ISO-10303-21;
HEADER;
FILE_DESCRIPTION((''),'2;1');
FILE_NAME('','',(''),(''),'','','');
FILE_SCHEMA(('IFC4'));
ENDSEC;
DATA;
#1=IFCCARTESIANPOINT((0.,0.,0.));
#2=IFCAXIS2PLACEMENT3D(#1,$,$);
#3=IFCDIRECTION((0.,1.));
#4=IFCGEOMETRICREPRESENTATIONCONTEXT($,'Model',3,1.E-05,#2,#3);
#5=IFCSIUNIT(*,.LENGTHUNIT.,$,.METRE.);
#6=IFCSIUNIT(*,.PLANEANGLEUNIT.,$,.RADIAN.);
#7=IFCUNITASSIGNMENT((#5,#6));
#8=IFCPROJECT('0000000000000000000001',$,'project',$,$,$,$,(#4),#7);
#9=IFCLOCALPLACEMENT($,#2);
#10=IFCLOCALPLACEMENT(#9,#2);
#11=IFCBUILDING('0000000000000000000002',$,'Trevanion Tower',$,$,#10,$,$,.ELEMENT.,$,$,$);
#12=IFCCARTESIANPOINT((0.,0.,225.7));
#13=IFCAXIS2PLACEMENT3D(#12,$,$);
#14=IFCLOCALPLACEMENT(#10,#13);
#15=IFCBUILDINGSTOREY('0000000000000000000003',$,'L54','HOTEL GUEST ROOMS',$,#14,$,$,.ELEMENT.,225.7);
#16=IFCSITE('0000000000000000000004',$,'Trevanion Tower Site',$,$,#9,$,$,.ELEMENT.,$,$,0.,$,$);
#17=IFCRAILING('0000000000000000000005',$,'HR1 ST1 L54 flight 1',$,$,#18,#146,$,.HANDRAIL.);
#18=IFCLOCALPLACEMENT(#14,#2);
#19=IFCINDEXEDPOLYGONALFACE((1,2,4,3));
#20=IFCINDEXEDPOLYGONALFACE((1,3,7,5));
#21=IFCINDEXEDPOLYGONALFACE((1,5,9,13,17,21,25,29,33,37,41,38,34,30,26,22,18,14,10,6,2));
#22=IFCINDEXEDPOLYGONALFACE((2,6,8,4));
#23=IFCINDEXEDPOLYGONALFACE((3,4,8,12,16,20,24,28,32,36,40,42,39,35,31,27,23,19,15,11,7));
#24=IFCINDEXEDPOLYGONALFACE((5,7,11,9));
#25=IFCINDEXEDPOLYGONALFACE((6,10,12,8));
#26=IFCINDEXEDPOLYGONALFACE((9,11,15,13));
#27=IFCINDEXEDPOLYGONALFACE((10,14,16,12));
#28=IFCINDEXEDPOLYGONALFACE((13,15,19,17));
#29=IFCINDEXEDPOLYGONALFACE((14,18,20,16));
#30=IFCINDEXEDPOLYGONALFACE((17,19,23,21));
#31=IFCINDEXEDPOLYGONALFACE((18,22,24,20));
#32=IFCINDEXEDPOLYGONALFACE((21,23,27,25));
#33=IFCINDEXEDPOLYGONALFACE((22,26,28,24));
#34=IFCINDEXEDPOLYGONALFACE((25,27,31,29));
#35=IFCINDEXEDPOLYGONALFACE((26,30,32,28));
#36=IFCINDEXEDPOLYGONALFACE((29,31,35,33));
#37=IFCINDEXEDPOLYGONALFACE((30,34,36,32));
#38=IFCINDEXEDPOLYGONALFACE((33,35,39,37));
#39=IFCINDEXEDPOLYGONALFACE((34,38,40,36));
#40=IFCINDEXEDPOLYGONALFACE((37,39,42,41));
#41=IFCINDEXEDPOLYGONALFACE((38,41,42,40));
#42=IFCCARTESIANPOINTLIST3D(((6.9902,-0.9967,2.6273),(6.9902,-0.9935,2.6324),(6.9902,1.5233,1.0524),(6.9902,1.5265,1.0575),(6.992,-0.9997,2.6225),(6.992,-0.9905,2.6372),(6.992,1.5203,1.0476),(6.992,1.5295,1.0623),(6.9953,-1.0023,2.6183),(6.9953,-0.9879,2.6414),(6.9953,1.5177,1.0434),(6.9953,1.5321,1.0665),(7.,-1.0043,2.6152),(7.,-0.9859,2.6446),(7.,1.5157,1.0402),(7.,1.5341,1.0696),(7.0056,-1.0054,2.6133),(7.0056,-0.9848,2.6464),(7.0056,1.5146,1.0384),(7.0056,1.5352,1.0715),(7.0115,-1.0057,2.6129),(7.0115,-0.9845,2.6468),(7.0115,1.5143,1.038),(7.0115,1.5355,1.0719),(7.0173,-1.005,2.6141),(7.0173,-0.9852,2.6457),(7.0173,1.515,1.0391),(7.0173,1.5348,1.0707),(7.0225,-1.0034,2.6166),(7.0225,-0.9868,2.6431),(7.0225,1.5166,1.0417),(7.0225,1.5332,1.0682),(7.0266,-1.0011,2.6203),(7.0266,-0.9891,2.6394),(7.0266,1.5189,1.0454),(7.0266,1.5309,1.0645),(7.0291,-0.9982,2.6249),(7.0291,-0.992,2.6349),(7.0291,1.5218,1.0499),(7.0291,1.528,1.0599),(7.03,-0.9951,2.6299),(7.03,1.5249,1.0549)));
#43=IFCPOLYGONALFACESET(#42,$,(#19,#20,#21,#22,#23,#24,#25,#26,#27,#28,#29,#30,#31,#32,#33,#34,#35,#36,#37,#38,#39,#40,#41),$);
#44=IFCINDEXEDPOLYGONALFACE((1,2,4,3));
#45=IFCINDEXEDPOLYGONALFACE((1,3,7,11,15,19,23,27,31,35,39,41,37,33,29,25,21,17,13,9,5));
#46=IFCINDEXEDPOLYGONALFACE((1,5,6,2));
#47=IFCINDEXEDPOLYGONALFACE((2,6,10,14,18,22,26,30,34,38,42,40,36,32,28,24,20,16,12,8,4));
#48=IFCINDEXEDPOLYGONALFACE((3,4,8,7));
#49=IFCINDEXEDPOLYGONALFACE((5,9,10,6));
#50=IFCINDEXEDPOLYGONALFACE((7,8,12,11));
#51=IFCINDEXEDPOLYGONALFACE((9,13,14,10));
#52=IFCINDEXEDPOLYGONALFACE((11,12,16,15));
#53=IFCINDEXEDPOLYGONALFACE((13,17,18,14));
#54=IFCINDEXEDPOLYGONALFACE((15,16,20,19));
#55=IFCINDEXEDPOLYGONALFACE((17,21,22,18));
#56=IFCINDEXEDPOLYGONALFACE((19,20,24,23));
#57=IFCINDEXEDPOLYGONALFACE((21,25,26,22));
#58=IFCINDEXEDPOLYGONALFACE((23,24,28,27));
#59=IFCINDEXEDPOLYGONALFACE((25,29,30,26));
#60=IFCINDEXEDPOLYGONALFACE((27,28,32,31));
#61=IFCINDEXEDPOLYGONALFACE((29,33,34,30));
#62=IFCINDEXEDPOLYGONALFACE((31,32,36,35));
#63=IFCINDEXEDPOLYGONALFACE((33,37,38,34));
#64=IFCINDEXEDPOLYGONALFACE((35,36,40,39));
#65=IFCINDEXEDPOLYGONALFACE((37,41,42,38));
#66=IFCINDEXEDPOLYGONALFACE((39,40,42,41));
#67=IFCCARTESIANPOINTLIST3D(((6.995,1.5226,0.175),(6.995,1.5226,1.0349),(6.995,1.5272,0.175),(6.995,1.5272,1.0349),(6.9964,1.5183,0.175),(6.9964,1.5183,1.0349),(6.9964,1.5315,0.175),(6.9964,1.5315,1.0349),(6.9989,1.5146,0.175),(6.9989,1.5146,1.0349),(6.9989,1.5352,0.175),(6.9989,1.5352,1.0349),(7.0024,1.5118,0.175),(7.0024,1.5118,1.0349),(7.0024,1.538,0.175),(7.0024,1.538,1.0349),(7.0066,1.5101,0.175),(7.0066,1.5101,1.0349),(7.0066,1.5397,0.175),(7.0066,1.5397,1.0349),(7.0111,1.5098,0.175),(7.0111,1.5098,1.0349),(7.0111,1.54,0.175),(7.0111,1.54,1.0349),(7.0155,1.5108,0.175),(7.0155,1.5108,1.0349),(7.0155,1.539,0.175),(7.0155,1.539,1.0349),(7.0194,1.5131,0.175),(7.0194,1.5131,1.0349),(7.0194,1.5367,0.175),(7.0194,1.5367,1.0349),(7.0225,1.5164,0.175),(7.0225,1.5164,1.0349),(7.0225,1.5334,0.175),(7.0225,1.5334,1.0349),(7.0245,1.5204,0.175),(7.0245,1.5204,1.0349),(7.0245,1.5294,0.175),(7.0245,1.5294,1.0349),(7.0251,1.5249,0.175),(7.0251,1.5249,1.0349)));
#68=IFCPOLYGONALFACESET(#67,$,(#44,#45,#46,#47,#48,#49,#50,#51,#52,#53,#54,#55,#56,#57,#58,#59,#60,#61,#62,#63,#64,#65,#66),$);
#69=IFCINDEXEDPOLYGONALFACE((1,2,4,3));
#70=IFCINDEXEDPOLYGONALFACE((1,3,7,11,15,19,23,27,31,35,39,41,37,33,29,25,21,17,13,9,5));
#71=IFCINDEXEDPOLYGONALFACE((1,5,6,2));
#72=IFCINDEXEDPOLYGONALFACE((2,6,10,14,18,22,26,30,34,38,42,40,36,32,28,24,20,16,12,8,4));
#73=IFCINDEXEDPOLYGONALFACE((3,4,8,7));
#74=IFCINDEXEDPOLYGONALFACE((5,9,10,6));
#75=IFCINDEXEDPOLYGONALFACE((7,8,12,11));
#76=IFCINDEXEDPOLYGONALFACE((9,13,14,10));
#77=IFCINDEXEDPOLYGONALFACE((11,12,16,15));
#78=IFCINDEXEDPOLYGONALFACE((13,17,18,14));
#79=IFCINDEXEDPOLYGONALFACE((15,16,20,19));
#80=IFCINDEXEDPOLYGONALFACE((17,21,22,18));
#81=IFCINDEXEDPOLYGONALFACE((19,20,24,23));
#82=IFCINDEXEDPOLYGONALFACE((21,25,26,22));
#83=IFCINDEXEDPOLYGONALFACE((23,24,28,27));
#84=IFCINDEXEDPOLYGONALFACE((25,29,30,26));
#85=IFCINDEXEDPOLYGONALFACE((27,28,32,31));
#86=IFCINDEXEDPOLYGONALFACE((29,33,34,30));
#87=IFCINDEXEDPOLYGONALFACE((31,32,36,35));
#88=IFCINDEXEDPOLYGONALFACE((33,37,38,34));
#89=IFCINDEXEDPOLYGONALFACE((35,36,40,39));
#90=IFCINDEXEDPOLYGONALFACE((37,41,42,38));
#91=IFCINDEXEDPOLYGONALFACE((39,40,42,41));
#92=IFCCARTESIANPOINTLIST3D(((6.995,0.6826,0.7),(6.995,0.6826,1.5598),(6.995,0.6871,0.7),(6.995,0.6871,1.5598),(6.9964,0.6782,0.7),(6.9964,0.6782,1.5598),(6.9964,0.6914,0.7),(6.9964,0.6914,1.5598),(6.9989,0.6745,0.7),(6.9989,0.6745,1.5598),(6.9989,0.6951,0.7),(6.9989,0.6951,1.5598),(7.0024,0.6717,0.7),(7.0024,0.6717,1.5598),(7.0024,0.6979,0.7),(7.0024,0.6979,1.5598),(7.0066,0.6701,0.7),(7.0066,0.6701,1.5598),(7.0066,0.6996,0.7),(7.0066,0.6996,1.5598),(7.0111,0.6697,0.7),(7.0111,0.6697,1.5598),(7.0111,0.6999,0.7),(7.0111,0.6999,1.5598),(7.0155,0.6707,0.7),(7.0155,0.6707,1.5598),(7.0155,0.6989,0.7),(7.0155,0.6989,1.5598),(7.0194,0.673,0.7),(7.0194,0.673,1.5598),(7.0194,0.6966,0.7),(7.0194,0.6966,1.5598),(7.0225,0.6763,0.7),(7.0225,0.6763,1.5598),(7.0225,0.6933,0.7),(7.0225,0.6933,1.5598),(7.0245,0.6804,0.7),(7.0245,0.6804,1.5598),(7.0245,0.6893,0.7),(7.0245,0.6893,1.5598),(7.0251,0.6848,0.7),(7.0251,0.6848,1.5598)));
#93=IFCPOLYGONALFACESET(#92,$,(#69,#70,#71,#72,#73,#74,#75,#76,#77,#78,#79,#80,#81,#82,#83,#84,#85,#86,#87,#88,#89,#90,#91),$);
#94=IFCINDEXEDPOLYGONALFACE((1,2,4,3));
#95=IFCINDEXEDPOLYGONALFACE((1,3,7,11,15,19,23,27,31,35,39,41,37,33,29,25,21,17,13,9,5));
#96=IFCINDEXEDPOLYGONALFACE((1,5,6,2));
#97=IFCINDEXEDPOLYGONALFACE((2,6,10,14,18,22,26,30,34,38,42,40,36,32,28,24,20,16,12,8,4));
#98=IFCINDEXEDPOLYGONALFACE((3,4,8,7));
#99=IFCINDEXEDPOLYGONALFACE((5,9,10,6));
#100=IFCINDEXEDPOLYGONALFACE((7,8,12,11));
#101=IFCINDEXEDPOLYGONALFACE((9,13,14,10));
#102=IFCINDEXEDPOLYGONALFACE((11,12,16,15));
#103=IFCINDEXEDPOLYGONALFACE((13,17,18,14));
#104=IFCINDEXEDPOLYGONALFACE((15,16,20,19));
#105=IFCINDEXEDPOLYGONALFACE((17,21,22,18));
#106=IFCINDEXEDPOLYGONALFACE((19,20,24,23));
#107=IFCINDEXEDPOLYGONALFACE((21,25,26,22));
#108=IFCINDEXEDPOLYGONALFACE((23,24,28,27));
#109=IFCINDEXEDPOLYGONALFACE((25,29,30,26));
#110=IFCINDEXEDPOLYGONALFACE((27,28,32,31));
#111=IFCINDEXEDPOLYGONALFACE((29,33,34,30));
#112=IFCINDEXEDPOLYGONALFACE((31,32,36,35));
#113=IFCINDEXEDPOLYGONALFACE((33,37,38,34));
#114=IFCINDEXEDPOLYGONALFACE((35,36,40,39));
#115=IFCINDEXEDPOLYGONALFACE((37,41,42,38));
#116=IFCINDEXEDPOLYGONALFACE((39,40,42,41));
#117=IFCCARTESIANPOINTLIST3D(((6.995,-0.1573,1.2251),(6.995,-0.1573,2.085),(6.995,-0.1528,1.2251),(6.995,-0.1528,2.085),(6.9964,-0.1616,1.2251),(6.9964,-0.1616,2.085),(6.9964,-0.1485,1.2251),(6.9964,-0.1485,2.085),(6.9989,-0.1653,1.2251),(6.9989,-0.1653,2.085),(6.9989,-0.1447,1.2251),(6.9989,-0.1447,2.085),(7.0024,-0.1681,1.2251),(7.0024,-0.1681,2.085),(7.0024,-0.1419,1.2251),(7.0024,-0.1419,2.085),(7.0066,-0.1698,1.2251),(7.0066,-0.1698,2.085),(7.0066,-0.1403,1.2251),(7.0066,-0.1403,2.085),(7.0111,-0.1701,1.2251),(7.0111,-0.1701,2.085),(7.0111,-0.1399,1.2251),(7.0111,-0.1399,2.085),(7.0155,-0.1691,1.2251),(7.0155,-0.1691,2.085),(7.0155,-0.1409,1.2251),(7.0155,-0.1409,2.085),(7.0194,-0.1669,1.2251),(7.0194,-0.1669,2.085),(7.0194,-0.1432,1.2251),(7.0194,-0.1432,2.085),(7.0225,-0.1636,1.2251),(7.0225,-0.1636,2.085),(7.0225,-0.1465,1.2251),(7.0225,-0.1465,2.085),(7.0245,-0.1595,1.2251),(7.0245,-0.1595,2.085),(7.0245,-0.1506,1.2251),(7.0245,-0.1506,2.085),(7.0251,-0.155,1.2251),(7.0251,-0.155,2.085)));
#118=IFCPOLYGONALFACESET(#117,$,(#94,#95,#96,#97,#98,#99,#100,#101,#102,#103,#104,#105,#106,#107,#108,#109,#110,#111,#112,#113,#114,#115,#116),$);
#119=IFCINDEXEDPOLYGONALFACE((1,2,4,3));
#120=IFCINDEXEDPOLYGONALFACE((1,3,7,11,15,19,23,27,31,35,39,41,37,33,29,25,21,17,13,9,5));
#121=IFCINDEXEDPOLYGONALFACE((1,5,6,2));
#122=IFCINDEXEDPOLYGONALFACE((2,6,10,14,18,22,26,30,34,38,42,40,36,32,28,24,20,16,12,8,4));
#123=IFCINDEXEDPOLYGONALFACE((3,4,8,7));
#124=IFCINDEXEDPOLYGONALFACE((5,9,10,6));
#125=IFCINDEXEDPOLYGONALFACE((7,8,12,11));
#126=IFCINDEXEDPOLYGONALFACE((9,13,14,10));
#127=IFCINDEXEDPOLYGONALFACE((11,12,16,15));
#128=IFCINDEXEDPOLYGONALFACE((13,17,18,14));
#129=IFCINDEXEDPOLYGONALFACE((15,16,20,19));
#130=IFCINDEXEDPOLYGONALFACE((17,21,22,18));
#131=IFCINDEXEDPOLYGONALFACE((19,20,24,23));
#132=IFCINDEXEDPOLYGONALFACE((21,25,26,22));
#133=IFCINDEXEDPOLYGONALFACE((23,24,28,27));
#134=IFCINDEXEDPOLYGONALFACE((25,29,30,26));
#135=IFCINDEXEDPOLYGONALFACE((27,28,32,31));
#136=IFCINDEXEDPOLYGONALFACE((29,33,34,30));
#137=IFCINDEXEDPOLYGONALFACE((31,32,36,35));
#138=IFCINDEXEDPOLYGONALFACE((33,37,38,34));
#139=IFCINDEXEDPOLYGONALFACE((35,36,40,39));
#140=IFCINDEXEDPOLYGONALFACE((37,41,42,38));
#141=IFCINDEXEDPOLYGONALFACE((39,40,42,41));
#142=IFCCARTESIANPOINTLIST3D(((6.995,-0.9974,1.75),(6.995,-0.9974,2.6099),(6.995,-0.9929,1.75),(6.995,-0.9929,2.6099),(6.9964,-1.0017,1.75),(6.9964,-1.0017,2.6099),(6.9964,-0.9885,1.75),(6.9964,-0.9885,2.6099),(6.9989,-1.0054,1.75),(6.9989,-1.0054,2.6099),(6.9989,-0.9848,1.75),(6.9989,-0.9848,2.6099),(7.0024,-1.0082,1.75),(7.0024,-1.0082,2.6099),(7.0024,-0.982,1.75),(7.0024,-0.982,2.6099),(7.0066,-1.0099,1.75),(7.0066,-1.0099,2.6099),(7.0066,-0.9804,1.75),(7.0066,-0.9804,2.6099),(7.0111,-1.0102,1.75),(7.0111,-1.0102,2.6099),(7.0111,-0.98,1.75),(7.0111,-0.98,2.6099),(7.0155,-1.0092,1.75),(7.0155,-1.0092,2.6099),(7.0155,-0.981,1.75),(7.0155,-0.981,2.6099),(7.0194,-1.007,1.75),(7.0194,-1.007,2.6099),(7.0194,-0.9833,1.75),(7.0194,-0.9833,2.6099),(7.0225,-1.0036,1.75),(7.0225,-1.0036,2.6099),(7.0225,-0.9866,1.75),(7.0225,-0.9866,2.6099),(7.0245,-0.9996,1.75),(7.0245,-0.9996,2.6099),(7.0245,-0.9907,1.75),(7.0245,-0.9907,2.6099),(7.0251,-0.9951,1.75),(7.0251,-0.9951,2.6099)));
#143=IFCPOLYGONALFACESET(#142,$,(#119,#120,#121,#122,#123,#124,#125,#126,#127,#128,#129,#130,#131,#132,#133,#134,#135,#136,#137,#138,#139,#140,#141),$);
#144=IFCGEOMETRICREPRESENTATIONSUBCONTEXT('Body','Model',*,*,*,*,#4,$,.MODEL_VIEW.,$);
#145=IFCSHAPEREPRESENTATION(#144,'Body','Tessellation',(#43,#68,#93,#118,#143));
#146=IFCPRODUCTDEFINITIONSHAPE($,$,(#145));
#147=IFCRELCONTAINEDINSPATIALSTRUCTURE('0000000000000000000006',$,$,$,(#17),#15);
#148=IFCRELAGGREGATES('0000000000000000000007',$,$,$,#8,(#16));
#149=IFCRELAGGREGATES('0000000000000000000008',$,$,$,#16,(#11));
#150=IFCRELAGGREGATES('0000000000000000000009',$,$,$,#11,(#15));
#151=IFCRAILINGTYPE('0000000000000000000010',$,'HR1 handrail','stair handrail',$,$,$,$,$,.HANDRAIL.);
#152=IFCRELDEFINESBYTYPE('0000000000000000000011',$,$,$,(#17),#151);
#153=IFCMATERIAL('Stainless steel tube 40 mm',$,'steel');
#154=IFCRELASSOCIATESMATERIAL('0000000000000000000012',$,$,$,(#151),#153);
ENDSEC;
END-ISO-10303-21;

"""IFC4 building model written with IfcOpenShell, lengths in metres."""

from ifc_helpers import new_model, si_unit, direction, frame, origin, origin_2d, place, context, subcontext, project, spatial, circle, extrude, material, type_object, element, save


model = new_model("IFC4")

# Units and contexts
model_context = context("Model", 3, precision=1e-05, world=origin(), true_north=direction((0.0, 1.0)))
body_context = subcontext(model_context, "Body", "Model", "MODEL_VIEW")
ifc_project = project(units=[si_unit("LENGTHUNIT", "METRE"), si_unit("PLANEANGLEUNIT", "RADIAN")], contexts=[model_context])

# Site, building, storey
site_placement = place(None, origin())
site = spatial("IfcSite", under=ifc_project, at=site_placement, Name="Trevanion Tower Site", CompositionType="ELEMENT", RefElevation=0.0)
building_placement = place(site_placement, origin())
building = spatial("IfcBuilding", under=site, at=building_placement, Name="Trevanion Tower", CompositionType="ELEMENT")
storey_placement = place(building_placement, frame((0.0, 0.0, 225.7)))
storey = spatial("IfcBuildingStorey", under=building, at=storey_placement, Name="L54", Description="HOTEL GUEST ROOMS", CompositionType="ELEMENT", Elevation=225.7)

# Railing
ifc_material_1 = material(Name="Stainless steel tube 40 mm", Category="steel")
railing_type = type_object("IfcRailingType", Name="HR1 handrail", Description="stair handrail", PredefinedType="HANDRAIL", material=ifc_material_1)
for number, where, name in (
    (1, (7.01, 1.5249, 0.175), "HR1 ST1 L54 flight 1"),
):
    element("IfcRailing", number, at=place(storey_placement, frame(where)), inside=storey, type_object=railing_type, Name=name, PredefinedType="HANDRAIL", context=body_context, shape_type="SweptSolid", body=[
        extrude(circle(Radius=0.02, at=origin_2d()), frame((0.0, 0.0, 0.8799), z_axis=(0.0, -0.848008, 0.529984), x_axis=(1.0, 0.0, 0.0)), (0.0, 0.0, 1.0), 2.9717),
        extrude(circle(Radius=0.0151, at=origin_2d()), origin(), (0.0, 0.0, 1.0), 0.8599),
        extrude(circle(Radius=0.0151, at=origin_2d()), frame((0.0, -0.8401, 0.5249)), (0.0, 0.0, 1.0), 0.8599),
        extrude(circle(Radius=0.0151, at=origin_2d()), frame((0.0, -1.6799, 1.05)), (0.0, 0.0, 1.0), 0.8599),
        extrude(circle(Radius=0.0151, at=origin_2d()), frame((0.0, -2.52, 1.575)), (0.0, 0.0, 1.0), 0.8599),
    ])

save(model, "model.ifc")
